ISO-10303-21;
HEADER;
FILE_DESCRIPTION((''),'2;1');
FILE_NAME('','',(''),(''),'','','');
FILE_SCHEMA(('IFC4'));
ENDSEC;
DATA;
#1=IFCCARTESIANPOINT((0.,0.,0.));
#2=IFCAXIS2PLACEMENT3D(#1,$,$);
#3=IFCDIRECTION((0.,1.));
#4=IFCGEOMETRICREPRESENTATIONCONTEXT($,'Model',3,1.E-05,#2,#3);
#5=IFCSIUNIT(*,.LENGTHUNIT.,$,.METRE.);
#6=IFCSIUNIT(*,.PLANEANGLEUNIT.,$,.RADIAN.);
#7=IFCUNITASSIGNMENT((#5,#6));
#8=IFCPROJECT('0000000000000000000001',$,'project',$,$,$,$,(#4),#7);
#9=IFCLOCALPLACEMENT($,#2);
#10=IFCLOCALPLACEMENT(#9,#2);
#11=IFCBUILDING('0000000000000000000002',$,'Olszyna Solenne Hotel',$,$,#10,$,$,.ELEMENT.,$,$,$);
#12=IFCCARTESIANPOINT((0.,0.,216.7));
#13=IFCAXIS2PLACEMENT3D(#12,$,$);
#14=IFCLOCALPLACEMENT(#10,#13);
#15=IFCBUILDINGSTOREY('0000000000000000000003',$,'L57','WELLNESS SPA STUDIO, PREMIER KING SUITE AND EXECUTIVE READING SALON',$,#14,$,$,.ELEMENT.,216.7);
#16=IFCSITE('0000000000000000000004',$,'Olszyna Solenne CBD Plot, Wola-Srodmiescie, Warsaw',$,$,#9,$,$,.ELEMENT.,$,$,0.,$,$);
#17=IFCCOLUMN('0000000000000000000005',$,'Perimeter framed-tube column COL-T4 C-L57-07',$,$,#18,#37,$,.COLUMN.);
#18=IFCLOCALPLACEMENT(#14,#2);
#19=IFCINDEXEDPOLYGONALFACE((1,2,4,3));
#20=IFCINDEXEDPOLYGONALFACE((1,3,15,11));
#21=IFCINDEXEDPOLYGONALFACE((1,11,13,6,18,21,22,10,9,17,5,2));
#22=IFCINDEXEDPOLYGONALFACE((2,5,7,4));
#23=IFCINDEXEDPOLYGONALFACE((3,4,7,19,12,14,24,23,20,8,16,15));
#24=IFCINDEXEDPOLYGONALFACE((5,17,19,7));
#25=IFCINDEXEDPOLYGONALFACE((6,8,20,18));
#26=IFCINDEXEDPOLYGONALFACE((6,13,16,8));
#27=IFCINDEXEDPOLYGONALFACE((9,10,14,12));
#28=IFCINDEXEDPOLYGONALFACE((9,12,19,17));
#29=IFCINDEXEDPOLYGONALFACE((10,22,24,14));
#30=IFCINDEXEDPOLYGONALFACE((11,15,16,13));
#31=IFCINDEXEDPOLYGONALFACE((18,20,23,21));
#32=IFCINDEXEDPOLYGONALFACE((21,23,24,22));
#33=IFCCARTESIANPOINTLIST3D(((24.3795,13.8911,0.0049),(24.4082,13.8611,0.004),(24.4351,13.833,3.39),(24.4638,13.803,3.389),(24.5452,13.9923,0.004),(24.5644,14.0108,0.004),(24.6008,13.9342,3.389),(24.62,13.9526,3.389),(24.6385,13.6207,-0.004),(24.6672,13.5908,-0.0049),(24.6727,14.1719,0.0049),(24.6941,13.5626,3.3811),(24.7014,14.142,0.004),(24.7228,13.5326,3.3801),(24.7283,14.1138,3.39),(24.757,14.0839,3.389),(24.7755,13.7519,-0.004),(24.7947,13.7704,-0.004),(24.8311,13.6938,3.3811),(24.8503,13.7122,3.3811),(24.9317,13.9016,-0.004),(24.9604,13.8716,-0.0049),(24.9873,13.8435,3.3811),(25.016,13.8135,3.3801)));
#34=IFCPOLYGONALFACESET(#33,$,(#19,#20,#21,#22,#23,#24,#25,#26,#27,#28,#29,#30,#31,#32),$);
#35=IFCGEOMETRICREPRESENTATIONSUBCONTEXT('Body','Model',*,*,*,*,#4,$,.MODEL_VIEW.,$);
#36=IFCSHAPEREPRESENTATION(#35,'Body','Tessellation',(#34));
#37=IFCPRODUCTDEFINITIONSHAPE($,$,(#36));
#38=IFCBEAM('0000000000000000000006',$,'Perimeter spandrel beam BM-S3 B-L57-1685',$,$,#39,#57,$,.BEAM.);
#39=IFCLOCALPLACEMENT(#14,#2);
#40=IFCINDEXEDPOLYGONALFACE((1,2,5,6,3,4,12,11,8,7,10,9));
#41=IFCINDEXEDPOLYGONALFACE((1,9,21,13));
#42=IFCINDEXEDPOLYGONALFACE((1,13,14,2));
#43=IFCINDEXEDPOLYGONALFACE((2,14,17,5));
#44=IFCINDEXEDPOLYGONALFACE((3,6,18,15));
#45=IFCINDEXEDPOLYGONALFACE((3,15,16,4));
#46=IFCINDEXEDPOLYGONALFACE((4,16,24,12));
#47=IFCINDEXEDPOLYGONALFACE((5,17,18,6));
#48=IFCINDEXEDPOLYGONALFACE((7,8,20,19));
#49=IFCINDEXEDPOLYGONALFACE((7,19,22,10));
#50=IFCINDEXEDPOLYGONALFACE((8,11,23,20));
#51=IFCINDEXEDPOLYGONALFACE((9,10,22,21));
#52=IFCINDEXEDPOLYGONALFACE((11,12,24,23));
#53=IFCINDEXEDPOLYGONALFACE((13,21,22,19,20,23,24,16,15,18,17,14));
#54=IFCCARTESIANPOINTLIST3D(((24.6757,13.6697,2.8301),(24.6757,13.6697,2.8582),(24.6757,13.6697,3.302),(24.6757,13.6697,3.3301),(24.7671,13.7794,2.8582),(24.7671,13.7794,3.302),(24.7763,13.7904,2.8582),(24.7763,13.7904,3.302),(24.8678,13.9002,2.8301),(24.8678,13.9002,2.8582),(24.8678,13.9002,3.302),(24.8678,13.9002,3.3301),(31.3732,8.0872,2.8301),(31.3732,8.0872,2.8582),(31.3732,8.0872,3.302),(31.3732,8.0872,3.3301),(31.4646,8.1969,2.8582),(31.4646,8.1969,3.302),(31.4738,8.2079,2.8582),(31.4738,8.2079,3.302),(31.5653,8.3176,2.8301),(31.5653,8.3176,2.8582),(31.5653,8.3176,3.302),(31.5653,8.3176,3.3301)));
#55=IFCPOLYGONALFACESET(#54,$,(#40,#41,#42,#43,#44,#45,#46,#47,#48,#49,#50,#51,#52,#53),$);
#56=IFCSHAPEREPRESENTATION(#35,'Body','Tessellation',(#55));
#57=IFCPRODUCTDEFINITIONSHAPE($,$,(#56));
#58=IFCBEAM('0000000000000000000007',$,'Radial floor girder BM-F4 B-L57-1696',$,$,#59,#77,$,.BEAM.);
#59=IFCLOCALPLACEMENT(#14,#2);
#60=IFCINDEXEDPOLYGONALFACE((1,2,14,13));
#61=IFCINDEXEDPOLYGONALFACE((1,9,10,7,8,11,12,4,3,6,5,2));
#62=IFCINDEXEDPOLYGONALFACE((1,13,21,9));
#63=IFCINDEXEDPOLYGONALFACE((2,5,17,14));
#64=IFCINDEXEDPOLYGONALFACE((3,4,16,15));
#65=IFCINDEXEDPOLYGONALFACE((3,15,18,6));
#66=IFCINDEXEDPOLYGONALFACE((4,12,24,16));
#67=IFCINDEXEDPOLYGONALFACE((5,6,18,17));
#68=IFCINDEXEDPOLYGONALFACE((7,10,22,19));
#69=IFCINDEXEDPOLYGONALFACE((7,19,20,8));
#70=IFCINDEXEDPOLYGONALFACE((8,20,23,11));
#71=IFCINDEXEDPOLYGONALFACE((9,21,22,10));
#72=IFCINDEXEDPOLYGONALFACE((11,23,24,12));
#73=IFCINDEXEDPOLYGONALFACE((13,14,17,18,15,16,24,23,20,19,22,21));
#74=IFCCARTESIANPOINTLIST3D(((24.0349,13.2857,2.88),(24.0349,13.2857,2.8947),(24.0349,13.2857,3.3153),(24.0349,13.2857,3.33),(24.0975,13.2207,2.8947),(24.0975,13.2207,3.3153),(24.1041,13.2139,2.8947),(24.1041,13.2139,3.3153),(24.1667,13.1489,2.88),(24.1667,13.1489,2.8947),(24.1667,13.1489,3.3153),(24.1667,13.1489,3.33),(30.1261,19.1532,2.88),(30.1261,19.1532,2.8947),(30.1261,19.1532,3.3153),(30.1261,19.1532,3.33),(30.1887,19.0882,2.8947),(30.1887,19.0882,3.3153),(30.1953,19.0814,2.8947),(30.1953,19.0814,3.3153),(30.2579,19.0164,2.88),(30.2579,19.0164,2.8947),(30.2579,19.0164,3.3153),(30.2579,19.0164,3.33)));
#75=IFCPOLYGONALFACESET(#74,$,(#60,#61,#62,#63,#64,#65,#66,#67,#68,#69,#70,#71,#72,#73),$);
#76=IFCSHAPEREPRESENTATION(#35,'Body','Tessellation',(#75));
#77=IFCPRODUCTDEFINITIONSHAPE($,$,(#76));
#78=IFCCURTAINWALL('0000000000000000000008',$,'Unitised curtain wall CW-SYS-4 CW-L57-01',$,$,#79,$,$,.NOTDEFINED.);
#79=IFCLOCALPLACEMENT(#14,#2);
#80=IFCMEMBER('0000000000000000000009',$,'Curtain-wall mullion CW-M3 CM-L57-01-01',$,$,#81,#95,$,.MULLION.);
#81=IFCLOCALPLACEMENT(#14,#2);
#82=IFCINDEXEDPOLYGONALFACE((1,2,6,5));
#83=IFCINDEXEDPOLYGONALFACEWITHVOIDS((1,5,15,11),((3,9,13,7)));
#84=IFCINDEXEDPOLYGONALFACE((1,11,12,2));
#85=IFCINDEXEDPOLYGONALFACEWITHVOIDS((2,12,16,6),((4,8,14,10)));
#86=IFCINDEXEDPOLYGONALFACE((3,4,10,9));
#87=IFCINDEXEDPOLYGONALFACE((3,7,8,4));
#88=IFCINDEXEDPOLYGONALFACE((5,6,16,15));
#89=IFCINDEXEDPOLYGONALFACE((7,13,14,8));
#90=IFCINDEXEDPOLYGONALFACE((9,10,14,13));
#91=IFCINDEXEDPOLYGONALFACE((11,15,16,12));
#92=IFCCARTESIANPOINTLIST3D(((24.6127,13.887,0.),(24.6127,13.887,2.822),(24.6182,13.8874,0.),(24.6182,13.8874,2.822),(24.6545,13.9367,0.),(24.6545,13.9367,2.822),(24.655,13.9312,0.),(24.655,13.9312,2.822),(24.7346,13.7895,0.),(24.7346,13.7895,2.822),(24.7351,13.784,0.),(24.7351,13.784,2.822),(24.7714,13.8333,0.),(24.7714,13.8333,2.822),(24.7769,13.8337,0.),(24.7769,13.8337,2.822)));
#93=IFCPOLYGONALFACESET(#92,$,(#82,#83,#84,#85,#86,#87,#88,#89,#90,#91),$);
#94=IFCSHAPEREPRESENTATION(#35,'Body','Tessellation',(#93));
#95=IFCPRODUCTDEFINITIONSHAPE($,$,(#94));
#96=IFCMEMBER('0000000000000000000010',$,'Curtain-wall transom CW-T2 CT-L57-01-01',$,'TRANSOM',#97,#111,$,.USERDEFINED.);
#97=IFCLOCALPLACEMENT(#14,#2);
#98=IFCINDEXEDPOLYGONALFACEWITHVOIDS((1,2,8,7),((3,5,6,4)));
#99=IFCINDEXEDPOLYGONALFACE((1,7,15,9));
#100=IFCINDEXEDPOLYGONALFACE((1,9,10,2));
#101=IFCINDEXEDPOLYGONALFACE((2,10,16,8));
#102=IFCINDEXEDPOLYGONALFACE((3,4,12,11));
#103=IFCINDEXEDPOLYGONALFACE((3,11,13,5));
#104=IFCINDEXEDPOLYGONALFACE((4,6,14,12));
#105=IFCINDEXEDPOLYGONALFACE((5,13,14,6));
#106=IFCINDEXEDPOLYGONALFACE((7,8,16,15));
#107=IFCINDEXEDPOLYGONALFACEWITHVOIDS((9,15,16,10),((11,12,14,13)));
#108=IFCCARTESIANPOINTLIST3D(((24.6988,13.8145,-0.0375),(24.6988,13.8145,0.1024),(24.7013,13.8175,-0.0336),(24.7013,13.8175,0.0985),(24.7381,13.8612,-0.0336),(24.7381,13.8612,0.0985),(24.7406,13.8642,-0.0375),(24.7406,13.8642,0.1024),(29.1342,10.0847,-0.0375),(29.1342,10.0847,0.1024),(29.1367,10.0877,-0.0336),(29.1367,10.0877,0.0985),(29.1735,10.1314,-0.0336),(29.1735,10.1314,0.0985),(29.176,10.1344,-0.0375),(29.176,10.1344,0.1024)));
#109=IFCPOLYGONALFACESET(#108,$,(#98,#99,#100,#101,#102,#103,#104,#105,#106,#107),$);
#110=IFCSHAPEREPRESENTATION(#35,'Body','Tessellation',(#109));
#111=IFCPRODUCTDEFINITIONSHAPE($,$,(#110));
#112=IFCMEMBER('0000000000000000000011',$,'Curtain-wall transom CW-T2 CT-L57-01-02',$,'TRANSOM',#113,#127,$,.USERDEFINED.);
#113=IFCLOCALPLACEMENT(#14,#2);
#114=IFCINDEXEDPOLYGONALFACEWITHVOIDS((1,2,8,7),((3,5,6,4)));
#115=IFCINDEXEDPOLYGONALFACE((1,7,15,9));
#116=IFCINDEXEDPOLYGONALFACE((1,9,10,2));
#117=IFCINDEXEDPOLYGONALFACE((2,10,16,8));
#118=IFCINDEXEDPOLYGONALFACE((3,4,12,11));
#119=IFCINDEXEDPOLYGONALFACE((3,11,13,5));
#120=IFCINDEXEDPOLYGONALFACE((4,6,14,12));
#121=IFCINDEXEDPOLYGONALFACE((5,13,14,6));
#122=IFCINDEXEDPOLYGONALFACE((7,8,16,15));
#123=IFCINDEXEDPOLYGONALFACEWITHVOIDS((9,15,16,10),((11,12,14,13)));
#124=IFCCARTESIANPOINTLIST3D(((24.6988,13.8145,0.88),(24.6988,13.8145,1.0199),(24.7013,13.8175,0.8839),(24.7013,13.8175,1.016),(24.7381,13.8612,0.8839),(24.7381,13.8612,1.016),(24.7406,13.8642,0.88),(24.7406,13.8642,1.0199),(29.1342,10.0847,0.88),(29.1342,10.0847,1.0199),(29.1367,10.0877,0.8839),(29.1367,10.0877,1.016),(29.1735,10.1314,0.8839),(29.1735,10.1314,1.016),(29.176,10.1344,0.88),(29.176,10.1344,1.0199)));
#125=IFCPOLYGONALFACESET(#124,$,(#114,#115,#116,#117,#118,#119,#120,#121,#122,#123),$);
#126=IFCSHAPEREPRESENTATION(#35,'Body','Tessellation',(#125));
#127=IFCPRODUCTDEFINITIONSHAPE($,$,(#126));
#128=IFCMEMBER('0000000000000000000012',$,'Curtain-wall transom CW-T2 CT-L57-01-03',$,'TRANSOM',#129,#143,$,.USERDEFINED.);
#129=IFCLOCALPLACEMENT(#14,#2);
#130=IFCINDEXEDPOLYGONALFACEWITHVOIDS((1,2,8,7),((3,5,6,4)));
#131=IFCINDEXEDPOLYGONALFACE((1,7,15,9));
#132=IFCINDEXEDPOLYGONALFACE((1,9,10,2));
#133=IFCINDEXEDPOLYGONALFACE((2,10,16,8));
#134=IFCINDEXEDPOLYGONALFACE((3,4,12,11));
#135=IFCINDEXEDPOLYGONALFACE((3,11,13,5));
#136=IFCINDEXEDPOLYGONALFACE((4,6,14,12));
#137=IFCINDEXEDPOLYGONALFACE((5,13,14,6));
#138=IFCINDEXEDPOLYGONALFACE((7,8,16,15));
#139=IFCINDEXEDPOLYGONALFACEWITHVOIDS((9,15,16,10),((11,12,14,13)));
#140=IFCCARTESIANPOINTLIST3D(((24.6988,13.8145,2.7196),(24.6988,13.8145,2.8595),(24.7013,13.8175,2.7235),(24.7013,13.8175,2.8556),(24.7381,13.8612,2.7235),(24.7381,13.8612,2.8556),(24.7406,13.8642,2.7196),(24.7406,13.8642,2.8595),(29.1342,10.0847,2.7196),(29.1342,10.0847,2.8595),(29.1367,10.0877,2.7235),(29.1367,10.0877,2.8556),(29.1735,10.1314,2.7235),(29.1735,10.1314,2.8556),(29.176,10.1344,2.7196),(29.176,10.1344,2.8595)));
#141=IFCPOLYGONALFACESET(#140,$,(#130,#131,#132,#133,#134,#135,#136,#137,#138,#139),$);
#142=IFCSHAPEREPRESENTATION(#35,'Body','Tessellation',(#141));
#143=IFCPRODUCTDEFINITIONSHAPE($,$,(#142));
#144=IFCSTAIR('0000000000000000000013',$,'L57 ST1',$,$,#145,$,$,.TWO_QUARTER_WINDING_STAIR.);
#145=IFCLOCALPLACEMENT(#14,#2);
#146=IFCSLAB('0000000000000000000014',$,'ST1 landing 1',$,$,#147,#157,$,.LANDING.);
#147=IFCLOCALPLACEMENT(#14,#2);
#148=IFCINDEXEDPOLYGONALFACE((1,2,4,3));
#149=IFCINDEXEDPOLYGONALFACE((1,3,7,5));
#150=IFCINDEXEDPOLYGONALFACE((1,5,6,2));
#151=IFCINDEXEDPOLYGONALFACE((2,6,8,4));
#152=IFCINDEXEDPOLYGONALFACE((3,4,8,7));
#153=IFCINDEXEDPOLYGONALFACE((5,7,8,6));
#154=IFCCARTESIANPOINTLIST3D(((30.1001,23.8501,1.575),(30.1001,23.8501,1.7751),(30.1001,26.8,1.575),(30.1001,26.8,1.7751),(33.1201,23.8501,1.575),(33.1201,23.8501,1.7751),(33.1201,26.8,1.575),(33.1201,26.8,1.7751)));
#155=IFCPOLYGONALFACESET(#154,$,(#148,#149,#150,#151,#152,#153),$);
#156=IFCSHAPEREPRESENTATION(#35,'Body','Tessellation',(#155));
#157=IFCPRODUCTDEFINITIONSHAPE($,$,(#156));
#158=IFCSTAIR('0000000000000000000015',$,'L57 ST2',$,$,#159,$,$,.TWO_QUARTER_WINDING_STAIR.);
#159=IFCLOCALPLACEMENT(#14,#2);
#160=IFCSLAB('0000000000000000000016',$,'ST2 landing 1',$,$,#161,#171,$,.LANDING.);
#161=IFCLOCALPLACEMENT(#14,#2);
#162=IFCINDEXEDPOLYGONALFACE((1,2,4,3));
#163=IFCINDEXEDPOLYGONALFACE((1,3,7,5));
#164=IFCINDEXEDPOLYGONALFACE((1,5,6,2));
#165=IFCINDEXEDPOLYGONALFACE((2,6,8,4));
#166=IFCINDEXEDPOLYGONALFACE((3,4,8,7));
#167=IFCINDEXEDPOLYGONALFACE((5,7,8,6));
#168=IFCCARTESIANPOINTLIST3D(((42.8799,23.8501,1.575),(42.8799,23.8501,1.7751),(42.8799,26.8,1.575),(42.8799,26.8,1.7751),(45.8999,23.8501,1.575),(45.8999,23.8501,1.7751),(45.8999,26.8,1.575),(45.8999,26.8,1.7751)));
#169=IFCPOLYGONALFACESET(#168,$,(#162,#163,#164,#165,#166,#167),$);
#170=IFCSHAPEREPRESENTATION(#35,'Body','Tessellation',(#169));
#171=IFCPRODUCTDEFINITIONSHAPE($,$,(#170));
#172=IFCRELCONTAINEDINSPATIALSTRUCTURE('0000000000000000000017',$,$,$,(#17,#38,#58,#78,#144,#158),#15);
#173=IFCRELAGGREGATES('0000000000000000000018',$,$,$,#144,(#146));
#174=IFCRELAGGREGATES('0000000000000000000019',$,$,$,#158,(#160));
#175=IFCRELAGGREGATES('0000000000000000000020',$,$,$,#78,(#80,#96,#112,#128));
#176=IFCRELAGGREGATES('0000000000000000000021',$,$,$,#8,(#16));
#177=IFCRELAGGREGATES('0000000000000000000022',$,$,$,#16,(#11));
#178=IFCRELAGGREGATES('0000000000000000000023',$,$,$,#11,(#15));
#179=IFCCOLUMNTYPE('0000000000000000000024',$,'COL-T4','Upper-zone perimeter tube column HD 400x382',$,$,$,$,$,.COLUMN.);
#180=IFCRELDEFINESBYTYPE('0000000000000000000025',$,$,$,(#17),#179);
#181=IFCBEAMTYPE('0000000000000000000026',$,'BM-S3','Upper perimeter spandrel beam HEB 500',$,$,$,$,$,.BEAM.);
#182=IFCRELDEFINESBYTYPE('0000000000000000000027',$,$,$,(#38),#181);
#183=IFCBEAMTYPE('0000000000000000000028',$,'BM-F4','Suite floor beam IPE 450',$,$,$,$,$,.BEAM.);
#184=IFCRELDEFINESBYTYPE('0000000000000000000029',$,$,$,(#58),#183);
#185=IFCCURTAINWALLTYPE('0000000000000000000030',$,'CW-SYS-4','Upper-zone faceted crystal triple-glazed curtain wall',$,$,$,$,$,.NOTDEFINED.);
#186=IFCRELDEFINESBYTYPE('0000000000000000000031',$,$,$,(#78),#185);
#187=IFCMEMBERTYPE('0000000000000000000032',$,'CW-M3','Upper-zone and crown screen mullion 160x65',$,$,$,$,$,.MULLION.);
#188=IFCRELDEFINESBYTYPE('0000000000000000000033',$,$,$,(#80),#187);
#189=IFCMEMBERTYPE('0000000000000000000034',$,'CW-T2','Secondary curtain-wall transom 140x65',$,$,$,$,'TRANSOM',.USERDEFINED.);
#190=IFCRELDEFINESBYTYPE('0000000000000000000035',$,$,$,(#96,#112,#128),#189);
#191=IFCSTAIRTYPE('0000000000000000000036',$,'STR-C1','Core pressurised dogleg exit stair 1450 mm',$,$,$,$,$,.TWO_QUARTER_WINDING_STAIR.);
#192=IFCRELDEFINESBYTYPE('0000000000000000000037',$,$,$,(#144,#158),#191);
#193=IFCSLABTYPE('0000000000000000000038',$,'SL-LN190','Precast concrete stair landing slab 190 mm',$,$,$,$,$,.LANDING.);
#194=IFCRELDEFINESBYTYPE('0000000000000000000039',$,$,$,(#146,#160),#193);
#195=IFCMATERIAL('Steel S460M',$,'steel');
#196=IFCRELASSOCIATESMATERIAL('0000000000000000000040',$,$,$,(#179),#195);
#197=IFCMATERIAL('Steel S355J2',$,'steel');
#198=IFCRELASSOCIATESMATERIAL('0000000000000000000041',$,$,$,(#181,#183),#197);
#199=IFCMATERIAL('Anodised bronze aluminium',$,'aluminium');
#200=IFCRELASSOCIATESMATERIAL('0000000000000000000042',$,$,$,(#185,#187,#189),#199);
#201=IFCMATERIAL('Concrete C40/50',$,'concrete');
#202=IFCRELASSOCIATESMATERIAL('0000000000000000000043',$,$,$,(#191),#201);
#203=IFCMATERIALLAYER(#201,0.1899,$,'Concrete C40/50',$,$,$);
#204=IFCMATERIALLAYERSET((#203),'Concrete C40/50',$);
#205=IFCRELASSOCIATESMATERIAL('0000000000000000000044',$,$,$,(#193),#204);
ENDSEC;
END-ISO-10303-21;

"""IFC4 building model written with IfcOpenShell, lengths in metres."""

from ifc_helpers import new_model, si_unit, direction, frame, origin, origin_2d, place, context, subcontext, project, spatial, polyline, hollow_rectangle, i_section, outline, extrude, source, transform, mapped, material, layer, layer_set, material_profile, profile_set, type_object, element, aggregate, save


model = new_model("IFC4")

# Units and contexts
model_context = context("Model", 3, precision=1e-05, world=origin(), true_north=direction((0.0, 1.0)))
body_context = subcontext(model_context, "Body", "Model", "MODEL_VIEW")
ifc_project = project(units=[si_unit("LENGTHUNIT", "METRE"), si_unit("PLANEANGLEUNIT", "RADIAN")], contexts=[model_context])

# Site, building, storey
site_placement = place(None, origin())
site = spatial("IfcSite", under=ifc_project, at=site_placement, Name="Olszyna Solenne CBD Plot, Wola-Srodmiescie, Warsaw", CompositionType="ELEMENT", RefElevation=0.0)
building_placement = place(site_placement, origin())
building = spatial("IfcBuilding", under=site, at=building_placement, Name="Olszyna Solenne Hotel", CompositionType="ELEMENT")
storey_placement = place(building_placement, frame((0.0, 0.0, 216.7)))
storey = spatial("IfcBuildingStorey", under=building, at=storey_placement, Name="L57", Description="WELLNESS SPA STUDIO, PREMIER KING SUITE AND EXECUTIVE READING SALON", CompositionType="ELEMENT", Elevation=216.7)

# Column
ifc_material_1 = material(Name="Steel S460M", Category="steel")
ifc_material_profile_1 = material_profile(ifc_material_1, i_section(OverallWidth=0.406, OverallDepth=0.416, WebThickness=0.0266, FlangeThickness=0.0415, at=origin_2d()), Name="HD 400x382", Category="load-bearing")
ifc_profile_set_1 = profile_set([ifc_material_profile_1], Name="Steel S460M")
column_type = type_object("IfcColumnType", Name="COL-T4", Description="Upper-zone perimeter tube column HD 400x382", PredefinedType="COLUMN", material=ifc_profile_set_1)
shared_shape_1 = source(origin(), body_context, "Body", "SweptSolid", [
    extrude(i_section(OverallWidth=0.406, OverallDepth=0.416, WebThickness=0.0266, FlangeThickness=0.0415, at=origin_2d()), origin(), (0.0, 0.0, 1.0), 3.386),
])
column_placement = place(storey_placement, frame((24.6699, 13.8813, 0.0), z_axis=(0.01644, -0.017161, 0.999718), x_axis=(0.722114, 0.691774, 0.0)))
element("IfcColumn", 1, at=column_placement, inside=storey, type_object=column_type, Name="Perimeter framed-tube column COL-T4 C-L57-07", PredefinedType="COLUMN", context=body_context, shape_type="MappedRepresentation", body=[
    mapped(shared_shape_1, transform((0.0, 0.0, 0.0), x_axis=(1.0, 0.0, 0.0), y_axis=(0.0, 1.0, 0.0), z_axis=(0.0, 0.0, 1.0), scale=1.0)),
])

# Beams
ifc_material_2 = material(Name="Steel S355J2", Category="steel")
ifc_material_profile_2 = material_profile(ifc_material_2, i_section(OverallWidth=0.3, OverallDepth=0.5, WebThickness=0.0144, FlangeThickness=0.0281, at=origin_2d()), Name="HEB 500", Category="load-bearing")
ifc_profile_set_2 = profile_set([ifc_material_profile_2], Name="Steel S355J2")
beam_type_1 = type_object("IfcBeamType", Name="BM-S3", Description="Upper perimeter spandrel beam HEB 500", PredefinedType="BEAM", material=ifc_profile_set_2)
shared_shape_2 = source(origin(), body_context, "Body", "SweptSolid", [
    extrude(i_section(OverallWidth=0.3, OverallDepth=0.5, WebThickness=0.0144, FlangeThickness=0.0281, at=origin_2d()), origin(), (0.0, 0.0, 1.0), 8.719),
])
beam_1_placement = place(storey_placement, frame((24.7717, 13.7849, 3.0801), z_axis=(0.76815, -0.64027, 0.0), x_axis=(0.64027, 0.76815, 0.0)))
element("IfcBeam", 2, at=beam_1_placement, inside=storey, type_object=beam_type_1, Name="Perimeter spandrel beam BM-S3 B-L57-1685", PredefinedType="BEAM", context=body_context, shape_type="MappedRepresentation", body=[
    mapped(shared_shape_2, transform((0.0, 0.0, 0.0), x_axis=(1.0, 0.0, 0.0), y_axis=(0.0, 1.0, 0.0), z_axis=(0.0, 0.0, 1.0), scale=1.0)),
])
ifc_material_profile_3 = material_profile(ifc_material_2, i_section(OverallWidth=0.1899, OverallDepth=0.45, WebThickness=0.0095, FlangeThickness=0.0146, at=origin_2d()), Name="IPE 450", Category="load-bearing")
ifc_profile_set_3 = profile_set([ifc_material_profile_3], Name="Steel S355J2")
beam_type_2 = type_object("IfcBeamType", Name="BM-F4", Description="Suite floor beam IPE 450", PredefinedType="BEAM", material=ifc_profile_set_3)
shared_shape_3 = source(origin(), body_context, "Body", "SweptSolid", [
    extrude(i_section(OverallWidth=0.1899, OverallDepth=0.45, WebThickness=0.0095, FlangeThickness=0.0146, at=origin_2d()), origin(), (0.0, 0.0, 1.0), 8.4575),
])
beam_2_placement = place(storey_placement, frame((24.1008, 13.2173, 3.105), z_axis=(0.720204, 0.693762, 0.0), x_axis=(-0.693762, 0.720204, 0.0)))
element("IfcBeam", 3, at=beam_2_placement, inside=storey, type_object=beam_type_2, Name="Radial floor girder BM-F4 B-L57-1696", PredefinedType="BEAM", context=body_context, shape_type="MappedRepresentation", body=[
    mapped(shared_shape_3, transform((0.0, 0.0, 0.0), x_axis=(1.0, 0.0, 0.0), y_axis=(0.0, 1.0, 0.0), z_axis=(0.0, 0.0, 1.0), scale=1.0)),
])

# Curtain wall, members
ifc_material_3 = material(Name="Anodised bronze aluminium", Category="aluminium")
curtain_wall_type = type_object("IfcCurtainWallType", Name="CW-SYS-4", Description="Upper-zone faceted crystal triple-glazed curtain wall", PredefinedType="NOTDEFINED", material=ifc_material_3)
curtain_wall_placement = place(storey_placement, origin())
curtain_wall = element("IfcCurtainWall", 4, at=curtain_wall_placement, inside=storey, type_object=curtain_wall_type, Name="Unitised curtain wall CW-SYS-4 CW-L57-01", PredefinedType="NOTDEFINED")
ifc_material_profile_4 = material_profile(ifc_material_3, hollow_rectangle(XDim=0.0649, YDim=0.1599, WallThickness=0.0039, at=origin_2d()), Name="MULL 160x65x4", Category="load-bearing")
ifc_profile_set_4 = profile_set([ifc_material_profile_4], Name="Anodised bronze aluminium")
member_type_1 = type_object("IfcMemberType", Name="CW-M3", Description="Upper-zone and crown screen mullion 160x65", PredefinedType="MULLION", material=ifc_profile_set_4)
shared_shape_4 = source(origin(), body_context, "Body", "SweptSolid", [
    extrude(hollow_rectangle(XDim=0.0649, YDim=0.1599, WallThickness=0.0039, at=origin_2d()), origin(), (0.0, 0.0, 1.0), 2.822),
])
member_1_placement = place(storey_placement, frame((24.6948, 13.8604, 0.0), z_axis=(0.0, 0.0, 1.0), x_axis=(0.643622, 0.765343, 0.0)))
member_1 = element("IfcMember", 5, at=member_1_placement, type_object=member_type_1, Name="Curtain-wall mullion CW-M3 CM-L57-01-01", PredefinedType="MULLION", context=body_context, shape_type="MappedRepresentation", body=[
    mapped(shared_shape_4, transform((0.0, 0.0, 0.0), x_axis=(1.0, 0.0, 0.0), y_axis=(0.0, 1.0, 0.0), z_axis=(0.0, 0.0, 1.0), scale=1.0)),
])
ifc_material_profile_5 = material_profile(ifc_material_3, hollow_rectangle(XDim=0.0649, YDim=0.1399, WallThickness=0.0039, at=origin_2d()), Name="TRAN 140x65x4", Category="load-bearing")
ifc_profile_set_5 = profile_set([ifc_material_profile_5], Name="Anodised bronze aluminium")
member_type_2 = type_object("IfcMemberType", Name="CW-T2", Description="Secondary curtain-wall transom 140x65", ElementType="TRANSOM", PredefinedType="USERDEFINED", material=ifc_profile_set_5)
shared_shape_5 = source(origin(), body_context, "Body", "SweptSolid", [
    extrude(hollow_rectangle(XDim=0.0649, YDim=0.1399, WallThickness=0.0039, at=origin_2d()), origin(), (0.0, 0.0, 1.0), 5.7952),
])
member_2_placement = place(storey_placement, frame((24.7197, 13.8394, 0.0325), z_axis=(0.765358, -0.643605, 0.0), x_axis=(0.643605, 0.765358, 0.0)))
member_2 = element("IfcMember", 6, at=member_2_placement, type_object=member_type_2, Name="Curtain-wall transom CW-T2 CT-L57-01-01", ObjectType="TRANSOM", PredefinedType="USERDEFINED", context=body_context, shape_type="MappedRepresentation", body=[
    mapped(shared_shape_5, transform((0.0, 0.0, 0.0), x_axis=(1.0, 0.0, 0.0), y_axis=(0.0, 1.0, 0.0), z_axis=(0.0, 0.0, 1.0), scale=1.0)),
])
member_3_placement = place(storey_placement, frame((24.7197, 13.8394, 0.95), z_axis=(0.765358, -0.643605, 0.0), x_axis=(0.643605, 0.765358, 0.0)))
member_3 = element("IfcMember", 7, at=member_3_placement, type_object=member_type_2, Name="Curtain-wall transom CW-T2 CT-L57-01-02", ObjectType="TRANSOM", PredefinedType="USERDEFINED", context=body_context, shape_type="MappedRepresentation", body=[
    mapped(shared_shape_5, transform((0.0, 0.0, 0.0), x_axis=(1.0, 0.0, 0.0), y_axis=(0.0, 1.0, 0.0), z_axis=(0.0, 0.0, 1.0), scale=1.0)),
])
member_4_placement = place(storey_placement, frame((24.7197, 13.8394, 2.7896), z_axis=(0.765358, -0.643605, 0.0), x_axis=(0.643605, 0.765358, 0.0)))
member_4 = element("IfcMember", 8, at=member_4_placement, type_object=member_type_2, Name="Curtain-wall transom CW-T2 CT-L57-01-03", ObjectType="TRANSOM", PredefinedType="USERDEFINED", context=body_context, shape_type="MappedRepresentation", body=[
    mapped(shared_shape_5, transform((0.0, 0.0, 0.0), x_axis=(1.0, 0.0, 0.0), y_axis=(0.0, 1.0, 0.0), z_axis=(0.0, 0.0, 1.0), scale=1.0)),
])

# Stairs, slabs
ifc_material_4 = material(Name="Concrete C40/50", Category="concrete")
stair_type = type_object("IfcStairType", Name="STR-C1", Description="Core pressurised dogleg exit stair 1450 mm", PredefinedType="TWO_QUARTER_WINDING_STAIR", material=ifc_material_4)
stair_1_placement = place(storey_placement, origin())
stair_1 = element("IfcStair", 9, at=stair_1_placement, inside=storey, type_object=stair_type, Name="L57 ST1", PredefinedType="TWO_QUARTER_WINDING_STAIR")
ifc_layer_1 = layer(ifc_material_4, 0.1899, Name="Concrete C40/50")
ifc_layer_set_1 = layer_set([ifc_layer_1], Name="Concrete C40/50")
slab_type_1 = type_object("IfcSlabType", Name="SL-LN190", Description="Precast concrete stair landing slab 190 mm", PredefinedType="LANDING", material=ifc_layer_set_1)
slab_1_placement = place(storey_placement, frame((0.0, 0.0, 1.575)))
slab_1 = element("IfcSlab", 10, at=slab_1_placement, type_object=slab_type_1, Name="ST1 landing 1", PredefinedType="LANDING", context=body_context, shape_type="SweptSolid", body=[
    extrude(outline(polyline([(33.1201, 23.8501), (33.1201, 26.8), (30.1001, 26.8), (30.1001, 23.8501), (33.1201, 23.8501)])), origin(), (0.0, 0.0, 1.0), 0.2002),
])
aggregate(stair_1, [slab_1])
stair_2_placement = place(storey_placement, origin())
stair_2 = element("IfcStair", 11, at=stair_2_placement, inside=storey, type_object=stair_type, Name="L57 ST2", PredefinedType="TWO_QUARTER_WINDING_STAIR")
slab_2_placement = place(storey_placement, frame((0.0, 0.0, 1.575)))
slab_2 = element("IfcSlab", 12, at=slab_2_placement, type_object=slab_type_1, Name="ST2 landing 1", PredefinedType="LANDING", context=body_context, shape_type="SweptSolid", body=[
    extrude(outline(polyline([(45.8999, 23.8501), (45.8999, 26.8), (42.8799, 26.8), (42.8799, 23.8501), (45.8999, 23.8501)])), origin(), (0.0, 0.0, 1.0), 0.2002),
])
aggregate(stair_2, [slab_2])

aggregate(curtain_wall, [member_1, member_2, member_3, member_4])

save(model, "model.ifc")
